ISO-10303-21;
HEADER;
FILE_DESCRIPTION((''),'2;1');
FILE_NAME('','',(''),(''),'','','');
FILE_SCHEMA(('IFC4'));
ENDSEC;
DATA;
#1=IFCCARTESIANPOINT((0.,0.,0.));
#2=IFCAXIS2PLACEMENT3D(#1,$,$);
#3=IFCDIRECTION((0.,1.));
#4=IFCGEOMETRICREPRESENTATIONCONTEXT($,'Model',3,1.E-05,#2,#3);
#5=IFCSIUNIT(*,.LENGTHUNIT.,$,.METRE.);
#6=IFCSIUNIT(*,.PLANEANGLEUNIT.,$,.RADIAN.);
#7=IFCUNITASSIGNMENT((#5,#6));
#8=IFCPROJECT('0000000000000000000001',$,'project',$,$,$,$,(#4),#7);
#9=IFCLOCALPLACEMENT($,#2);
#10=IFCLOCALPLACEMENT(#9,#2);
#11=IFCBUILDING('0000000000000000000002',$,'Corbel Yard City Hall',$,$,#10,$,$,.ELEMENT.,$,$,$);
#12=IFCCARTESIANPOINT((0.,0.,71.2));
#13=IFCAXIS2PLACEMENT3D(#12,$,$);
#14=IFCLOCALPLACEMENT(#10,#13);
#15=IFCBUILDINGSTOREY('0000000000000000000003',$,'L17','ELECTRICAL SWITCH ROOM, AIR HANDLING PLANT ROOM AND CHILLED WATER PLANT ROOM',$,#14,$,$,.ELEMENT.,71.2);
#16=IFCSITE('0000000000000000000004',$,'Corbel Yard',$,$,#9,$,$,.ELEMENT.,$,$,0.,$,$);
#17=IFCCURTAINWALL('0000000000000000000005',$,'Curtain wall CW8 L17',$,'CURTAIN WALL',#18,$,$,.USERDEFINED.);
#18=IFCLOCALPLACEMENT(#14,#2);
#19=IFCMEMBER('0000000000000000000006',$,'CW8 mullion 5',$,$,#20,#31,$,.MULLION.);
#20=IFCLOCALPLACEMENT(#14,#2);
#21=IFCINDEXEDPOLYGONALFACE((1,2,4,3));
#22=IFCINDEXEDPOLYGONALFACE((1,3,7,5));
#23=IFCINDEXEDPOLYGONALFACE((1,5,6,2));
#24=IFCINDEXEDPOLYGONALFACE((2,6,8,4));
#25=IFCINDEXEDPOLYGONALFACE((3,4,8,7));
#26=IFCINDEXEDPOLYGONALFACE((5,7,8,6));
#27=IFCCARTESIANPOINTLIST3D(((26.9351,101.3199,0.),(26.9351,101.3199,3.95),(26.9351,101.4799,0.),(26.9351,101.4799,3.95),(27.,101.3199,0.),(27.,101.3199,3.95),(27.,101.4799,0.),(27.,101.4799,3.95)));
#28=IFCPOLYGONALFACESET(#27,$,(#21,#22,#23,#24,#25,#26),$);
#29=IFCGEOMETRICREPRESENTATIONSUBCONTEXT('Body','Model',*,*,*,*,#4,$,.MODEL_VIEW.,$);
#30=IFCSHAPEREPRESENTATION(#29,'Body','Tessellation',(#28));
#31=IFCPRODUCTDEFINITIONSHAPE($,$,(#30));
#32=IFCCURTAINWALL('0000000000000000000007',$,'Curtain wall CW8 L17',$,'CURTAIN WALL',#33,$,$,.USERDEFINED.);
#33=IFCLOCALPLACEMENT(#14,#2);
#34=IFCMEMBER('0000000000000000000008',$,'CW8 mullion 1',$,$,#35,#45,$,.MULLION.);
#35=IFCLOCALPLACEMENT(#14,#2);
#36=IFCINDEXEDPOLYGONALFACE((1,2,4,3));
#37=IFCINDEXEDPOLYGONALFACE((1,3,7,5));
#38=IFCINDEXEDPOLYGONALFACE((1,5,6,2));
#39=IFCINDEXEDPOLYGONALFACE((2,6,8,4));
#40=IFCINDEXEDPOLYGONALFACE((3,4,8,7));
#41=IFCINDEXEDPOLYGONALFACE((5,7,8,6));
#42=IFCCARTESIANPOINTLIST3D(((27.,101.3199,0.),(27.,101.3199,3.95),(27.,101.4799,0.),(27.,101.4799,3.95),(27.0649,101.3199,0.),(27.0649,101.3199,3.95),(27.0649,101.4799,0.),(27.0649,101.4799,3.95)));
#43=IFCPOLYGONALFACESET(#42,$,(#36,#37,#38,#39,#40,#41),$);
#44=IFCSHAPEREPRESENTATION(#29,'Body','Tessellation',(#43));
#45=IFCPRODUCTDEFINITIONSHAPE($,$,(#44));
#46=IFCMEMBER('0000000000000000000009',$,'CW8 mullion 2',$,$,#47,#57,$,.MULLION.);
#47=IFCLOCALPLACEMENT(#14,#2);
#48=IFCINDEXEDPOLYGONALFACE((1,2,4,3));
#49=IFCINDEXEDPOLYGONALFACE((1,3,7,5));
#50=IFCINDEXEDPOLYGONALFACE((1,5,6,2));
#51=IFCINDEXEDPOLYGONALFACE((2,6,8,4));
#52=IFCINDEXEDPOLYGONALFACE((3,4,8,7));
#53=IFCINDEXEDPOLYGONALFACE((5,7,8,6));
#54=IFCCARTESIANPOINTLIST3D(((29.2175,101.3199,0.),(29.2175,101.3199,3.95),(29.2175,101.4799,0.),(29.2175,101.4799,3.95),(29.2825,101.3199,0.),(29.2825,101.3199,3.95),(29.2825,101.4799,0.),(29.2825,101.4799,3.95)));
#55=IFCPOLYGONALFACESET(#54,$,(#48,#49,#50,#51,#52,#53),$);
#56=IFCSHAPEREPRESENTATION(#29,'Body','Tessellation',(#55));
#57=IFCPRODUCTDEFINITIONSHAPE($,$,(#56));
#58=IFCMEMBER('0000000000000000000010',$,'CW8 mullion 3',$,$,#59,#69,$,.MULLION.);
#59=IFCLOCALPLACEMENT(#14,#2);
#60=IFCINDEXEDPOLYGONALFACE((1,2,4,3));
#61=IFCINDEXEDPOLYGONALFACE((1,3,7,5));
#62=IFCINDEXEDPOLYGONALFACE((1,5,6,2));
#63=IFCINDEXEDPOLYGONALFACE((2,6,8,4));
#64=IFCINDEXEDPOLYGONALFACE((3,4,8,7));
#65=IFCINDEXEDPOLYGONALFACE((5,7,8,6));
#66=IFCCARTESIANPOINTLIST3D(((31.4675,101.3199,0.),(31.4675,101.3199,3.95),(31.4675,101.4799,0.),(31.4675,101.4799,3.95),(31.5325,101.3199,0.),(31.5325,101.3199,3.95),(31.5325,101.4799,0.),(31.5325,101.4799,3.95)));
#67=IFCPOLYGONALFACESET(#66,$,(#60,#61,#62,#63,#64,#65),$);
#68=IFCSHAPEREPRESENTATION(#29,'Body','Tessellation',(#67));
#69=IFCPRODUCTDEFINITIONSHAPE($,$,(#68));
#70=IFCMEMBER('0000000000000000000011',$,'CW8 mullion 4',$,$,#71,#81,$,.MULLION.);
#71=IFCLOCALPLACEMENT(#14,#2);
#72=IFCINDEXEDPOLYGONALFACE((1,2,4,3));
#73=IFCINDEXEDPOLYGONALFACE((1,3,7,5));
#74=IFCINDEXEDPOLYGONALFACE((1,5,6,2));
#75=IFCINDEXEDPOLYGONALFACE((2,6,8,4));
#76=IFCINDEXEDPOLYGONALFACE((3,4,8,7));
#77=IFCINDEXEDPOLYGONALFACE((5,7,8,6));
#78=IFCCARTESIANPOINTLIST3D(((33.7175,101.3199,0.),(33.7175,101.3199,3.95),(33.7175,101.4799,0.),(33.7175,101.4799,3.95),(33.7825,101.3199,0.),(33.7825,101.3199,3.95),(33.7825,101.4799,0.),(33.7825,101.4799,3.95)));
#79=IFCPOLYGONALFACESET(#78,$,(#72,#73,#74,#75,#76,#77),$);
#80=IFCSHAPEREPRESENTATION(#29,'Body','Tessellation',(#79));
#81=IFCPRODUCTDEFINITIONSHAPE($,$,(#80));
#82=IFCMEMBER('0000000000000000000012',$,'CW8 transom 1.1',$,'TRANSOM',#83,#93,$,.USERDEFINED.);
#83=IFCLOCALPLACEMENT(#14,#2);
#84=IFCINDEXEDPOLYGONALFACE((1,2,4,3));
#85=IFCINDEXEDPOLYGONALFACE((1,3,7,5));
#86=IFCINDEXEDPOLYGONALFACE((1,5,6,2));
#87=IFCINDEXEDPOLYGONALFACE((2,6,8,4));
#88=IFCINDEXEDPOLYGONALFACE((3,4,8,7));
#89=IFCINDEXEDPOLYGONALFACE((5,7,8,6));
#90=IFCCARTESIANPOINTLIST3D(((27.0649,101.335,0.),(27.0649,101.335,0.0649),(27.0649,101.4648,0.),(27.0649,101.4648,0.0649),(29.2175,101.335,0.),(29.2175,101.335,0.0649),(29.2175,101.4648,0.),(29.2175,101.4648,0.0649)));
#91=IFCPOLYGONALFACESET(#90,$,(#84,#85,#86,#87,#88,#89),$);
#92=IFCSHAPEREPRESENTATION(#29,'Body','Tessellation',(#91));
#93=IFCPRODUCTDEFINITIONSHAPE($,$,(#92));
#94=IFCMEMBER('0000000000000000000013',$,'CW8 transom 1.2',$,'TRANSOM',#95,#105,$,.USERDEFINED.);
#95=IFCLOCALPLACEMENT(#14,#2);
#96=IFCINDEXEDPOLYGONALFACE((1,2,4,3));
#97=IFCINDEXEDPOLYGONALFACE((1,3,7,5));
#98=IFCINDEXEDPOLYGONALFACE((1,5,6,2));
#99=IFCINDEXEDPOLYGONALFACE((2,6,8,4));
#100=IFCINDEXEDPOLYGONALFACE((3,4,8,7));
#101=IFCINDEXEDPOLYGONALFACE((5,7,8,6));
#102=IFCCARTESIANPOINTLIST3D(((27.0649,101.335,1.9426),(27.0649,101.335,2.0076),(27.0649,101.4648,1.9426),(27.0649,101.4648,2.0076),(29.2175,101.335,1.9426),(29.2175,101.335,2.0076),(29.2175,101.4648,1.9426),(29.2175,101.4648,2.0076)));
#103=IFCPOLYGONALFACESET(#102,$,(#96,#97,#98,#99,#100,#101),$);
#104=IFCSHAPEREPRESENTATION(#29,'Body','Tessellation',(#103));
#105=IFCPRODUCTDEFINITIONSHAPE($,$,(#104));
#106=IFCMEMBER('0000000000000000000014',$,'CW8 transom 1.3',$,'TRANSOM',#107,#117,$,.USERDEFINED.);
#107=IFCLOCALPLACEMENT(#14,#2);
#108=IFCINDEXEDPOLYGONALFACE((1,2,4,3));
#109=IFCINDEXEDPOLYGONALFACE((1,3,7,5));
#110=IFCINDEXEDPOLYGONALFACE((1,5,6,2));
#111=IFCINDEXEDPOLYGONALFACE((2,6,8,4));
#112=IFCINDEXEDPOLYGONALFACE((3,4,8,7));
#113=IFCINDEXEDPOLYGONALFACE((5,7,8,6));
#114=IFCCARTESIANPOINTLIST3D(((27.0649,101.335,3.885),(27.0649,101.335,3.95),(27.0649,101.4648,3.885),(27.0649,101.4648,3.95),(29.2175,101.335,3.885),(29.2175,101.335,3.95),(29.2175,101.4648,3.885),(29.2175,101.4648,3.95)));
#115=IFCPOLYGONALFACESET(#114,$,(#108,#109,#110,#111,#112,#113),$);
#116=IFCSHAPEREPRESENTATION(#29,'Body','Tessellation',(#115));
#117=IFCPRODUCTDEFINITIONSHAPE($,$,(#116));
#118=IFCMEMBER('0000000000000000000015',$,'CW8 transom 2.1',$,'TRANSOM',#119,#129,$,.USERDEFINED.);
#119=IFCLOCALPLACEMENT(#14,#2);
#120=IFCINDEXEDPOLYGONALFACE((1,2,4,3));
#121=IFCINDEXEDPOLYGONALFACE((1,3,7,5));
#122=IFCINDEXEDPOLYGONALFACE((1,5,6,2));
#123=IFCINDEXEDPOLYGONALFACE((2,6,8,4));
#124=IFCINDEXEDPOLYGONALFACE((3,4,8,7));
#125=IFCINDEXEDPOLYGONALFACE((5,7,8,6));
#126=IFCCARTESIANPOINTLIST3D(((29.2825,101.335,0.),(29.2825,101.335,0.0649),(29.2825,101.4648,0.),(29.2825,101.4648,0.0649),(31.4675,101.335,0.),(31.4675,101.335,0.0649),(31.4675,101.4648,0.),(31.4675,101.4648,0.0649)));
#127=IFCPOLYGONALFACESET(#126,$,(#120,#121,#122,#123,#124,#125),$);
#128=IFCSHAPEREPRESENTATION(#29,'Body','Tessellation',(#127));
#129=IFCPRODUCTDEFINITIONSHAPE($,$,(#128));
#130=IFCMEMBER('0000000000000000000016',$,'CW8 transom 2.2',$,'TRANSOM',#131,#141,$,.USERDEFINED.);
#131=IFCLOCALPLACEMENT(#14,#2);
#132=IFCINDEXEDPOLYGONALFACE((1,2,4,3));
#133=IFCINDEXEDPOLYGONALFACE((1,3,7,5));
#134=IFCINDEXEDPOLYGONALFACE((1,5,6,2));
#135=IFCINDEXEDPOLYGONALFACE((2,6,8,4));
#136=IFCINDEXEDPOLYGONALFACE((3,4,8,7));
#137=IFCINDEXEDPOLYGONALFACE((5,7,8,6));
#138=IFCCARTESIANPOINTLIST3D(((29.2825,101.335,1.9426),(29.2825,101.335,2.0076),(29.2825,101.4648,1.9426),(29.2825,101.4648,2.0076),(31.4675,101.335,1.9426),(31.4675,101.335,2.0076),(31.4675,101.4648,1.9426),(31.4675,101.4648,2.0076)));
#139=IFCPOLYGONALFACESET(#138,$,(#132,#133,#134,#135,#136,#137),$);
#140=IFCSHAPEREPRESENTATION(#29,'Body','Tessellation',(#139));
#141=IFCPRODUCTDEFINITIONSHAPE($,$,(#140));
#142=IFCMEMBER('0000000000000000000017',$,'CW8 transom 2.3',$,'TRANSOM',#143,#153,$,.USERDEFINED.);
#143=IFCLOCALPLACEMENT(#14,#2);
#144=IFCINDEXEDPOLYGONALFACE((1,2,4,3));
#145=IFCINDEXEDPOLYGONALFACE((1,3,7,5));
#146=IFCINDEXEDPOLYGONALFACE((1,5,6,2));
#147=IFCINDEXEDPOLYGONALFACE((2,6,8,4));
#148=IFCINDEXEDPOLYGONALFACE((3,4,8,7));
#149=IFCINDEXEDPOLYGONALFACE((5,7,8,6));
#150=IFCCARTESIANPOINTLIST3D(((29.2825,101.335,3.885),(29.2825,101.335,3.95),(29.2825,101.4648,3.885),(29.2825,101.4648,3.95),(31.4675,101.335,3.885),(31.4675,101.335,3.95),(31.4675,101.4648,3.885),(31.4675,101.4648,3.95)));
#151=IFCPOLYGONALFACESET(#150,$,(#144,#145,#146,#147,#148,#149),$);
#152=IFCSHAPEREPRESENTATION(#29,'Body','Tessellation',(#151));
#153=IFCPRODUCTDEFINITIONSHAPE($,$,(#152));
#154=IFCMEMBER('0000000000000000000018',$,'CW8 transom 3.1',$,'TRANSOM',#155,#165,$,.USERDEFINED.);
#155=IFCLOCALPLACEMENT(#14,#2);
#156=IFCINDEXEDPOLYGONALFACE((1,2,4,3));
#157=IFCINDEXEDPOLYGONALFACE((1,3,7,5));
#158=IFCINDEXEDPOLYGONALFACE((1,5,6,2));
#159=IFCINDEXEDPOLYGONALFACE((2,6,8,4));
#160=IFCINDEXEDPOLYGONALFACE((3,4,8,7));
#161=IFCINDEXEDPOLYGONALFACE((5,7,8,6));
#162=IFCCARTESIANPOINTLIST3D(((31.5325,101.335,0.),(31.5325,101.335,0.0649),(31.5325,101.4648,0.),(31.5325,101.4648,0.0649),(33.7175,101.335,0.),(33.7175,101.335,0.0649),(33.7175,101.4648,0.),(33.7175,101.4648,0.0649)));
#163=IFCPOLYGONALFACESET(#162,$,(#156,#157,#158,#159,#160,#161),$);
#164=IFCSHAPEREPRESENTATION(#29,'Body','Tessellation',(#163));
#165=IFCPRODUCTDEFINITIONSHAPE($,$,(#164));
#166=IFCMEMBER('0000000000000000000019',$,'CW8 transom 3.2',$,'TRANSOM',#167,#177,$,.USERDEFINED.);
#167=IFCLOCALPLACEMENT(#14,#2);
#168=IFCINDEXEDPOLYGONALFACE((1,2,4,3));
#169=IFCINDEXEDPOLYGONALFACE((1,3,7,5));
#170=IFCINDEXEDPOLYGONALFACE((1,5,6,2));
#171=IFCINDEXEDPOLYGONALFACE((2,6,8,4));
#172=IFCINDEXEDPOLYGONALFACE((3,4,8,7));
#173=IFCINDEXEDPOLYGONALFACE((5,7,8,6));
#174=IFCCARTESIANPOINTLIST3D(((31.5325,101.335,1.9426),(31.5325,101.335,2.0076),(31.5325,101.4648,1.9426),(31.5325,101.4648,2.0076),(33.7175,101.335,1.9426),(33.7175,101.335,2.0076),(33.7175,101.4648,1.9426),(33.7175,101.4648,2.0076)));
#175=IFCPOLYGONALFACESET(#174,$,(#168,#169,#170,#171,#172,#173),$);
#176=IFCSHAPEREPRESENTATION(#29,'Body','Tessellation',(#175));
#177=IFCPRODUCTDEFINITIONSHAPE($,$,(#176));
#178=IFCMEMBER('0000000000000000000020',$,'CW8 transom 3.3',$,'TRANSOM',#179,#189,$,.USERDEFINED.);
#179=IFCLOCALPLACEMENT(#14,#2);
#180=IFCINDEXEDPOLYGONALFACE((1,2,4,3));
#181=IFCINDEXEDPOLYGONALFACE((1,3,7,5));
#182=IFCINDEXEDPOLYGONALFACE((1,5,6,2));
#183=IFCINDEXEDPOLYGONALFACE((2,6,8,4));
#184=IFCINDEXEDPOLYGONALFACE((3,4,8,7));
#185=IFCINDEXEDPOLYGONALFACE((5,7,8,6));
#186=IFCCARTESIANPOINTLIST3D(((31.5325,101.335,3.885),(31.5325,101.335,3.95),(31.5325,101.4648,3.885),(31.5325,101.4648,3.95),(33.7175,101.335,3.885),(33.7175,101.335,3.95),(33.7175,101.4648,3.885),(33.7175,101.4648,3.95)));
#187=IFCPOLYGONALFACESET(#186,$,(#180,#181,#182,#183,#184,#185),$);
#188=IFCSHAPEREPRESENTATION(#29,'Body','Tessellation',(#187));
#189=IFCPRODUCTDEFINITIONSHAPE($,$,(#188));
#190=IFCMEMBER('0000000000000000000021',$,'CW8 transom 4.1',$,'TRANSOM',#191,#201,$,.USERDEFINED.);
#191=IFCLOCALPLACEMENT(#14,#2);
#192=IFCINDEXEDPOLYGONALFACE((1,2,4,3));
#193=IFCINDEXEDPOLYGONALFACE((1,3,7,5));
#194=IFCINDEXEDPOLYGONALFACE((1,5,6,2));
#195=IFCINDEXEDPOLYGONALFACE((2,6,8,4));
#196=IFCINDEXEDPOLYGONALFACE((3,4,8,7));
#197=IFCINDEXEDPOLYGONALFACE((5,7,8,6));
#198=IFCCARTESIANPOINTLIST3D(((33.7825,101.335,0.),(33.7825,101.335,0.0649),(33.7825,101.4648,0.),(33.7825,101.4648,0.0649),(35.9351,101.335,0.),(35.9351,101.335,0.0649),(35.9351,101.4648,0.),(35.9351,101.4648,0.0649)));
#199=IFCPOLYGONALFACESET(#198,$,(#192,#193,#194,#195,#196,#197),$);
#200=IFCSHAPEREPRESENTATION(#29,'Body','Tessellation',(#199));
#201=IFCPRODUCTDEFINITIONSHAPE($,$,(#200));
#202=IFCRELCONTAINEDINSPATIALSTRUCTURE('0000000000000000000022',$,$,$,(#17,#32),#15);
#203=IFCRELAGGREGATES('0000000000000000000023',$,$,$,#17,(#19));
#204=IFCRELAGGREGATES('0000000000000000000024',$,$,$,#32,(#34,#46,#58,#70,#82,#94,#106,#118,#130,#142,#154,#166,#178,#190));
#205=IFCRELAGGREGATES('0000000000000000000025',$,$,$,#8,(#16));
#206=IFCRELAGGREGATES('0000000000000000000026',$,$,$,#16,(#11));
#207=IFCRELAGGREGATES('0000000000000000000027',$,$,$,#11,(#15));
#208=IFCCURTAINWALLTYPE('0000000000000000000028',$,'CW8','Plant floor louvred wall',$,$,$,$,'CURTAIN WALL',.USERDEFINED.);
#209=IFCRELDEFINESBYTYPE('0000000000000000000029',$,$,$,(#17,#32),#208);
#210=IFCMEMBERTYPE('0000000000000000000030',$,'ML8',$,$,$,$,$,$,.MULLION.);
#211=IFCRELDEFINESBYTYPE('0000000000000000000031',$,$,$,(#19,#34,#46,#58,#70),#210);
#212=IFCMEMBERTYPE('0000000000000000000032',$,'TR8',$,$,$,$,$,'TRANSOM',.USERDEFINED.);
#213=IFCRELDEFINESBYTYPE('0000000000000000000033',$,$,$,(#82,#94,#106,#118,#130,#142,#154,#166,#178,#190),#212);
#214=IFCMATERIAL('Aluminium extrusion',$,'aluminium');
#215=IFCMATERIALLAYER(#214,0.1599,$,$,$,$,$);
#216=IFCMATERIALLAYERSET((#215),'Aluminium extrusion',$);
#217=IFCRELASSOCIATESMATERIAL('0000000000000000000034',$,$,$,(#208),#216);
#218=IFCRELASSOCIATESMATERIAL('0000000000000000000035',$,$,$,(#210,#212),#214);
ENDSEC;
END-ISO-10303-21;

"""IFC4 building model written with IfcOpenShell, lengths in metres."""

from ifc_helpers import new_model, si_unit, direction, frame, origin, origin_2d, place, context, subcontext, project, spatial, rectangle, extrude, material, layer, layer_set, material_profile, profile_set, type_object, element, aggregate, save


model = new_model("IFC4")

# Units and contexts
model_context = context("Model", 3, precision=1e-05, world=origin(), true_north=direction((0.0, 1.0)))
body_context = subcontext(model_context, "Body", "Model", "MODEL_VIEW")
ifc_project = project(units=[si_unit("LENGTHUNIT", "METRE"), si_unit("PLANEANGLEUNIT", "RADIAN")], contexts=[model_context])

# Site, building, storey
site_placement = place(None, origin())
site = spatial("IfcSite", under=ifc_project, at=site_placement, Name="Corbel Yard", CompositionType="ELEMENT", RefElevation=0.0)
building_placement = place(site_placement, origin())
building = spatial("IfcBuilding", under=site, at=building_placement, Name="Corbel Yard City Hall", CompositionType="ELEMENT")
storey_placement = place(building_placement, frame((0.0, 0.0, 71.2)))
storey = spatial("IfcBuildingStorey", under=building, at=storey_placement, Name="L17", Description="ELECTRICAL SWITCH ROOM, AIR HANDLING PLANT ROOM AND CHILLED WATER PLANT ROOM", CompositionType="ELEMENT", Elevation=71.2)

# Curtain wall, member
ifc_material_1 = material(Name="Aluminium extrusion", Category="aluminium")
ifc_layer_1 = layer(ifc_material_1, 0.1599)
ifc_layer_set_1 = layer_set([ifc_layer_1], Name="Aluminium extrusion")
curtain_wall_type = type_object("IfcCurtainWallType", Name="CW8", Description="Plant floor louvred wall", ElementType="CURTAIN WALL", PredefinedType="USERDEFINED", material=ifc_layer_set_1)
curtain_wall_1_placement = place(storey_placement, origin())
curtain_wall_1 = element("IfcCurtainWall", 1, at=curtain_wall_1_placement, inside=storey, type_object=curtain_wall_type, Name="Curtain wall CW8 L17", ObjectType="CURTAIN WALL", PredefinedType="USERDEFINED")
ifc_material_profile_1 = material_profile(ifc_material_1, rectangle(XDim=0.1599, YDim=0.0649, at=origin_2d()), Name="160x65")
ifc_profile_set_1 = profile_set([ifc_material_profile_1], Name="Aluminium extrusion")
member_type_1 = type_object("IfcMemberType", Name="ML8", PredefinedType="MULLION", material=ifc_profile_set_1)
member_1_placement = place(storey_placement, frame((26.9675, 101.3999, 0.0), z_axis=(0.0, 0.0, 1.0), x_axis=(0.0, 1.0, 0.0)))
member_1 = element("IfcMember", 2, at=member_1_placement, type_object=member_type_1, Name="CW8 mullion 5", PredefinedType="MULLION", context=body_context, shape_type="SweptSolid", body=[
    extrude(rectangle(XDim=0.1599, YDim=0.0649, at=origin_2d()), origin(), (0.0, 0.0, 1.0), 3.95),
])

# Curtain wall, members
curtain_wall_2_placement = place(storey_placement, origin())
curtain_wall_2 = element("IfcCurtainWall", 3, at=curtain_wall_2_placement, inside=storey, type_object=curtain_wall_type, Name="Curtain wall CW8 L17", ObjectType="CURTAIN WALL", PredefinedType="USERDEFINED")
member_2_placement = place(storey_placement, frame((27.0325, 101.3999, 0.0), z_axis=(0.0, 0.0, 1.0), x_axis=(0.0, 1.0, 0.0)))
member_2 = element("IfcMember", 4, at=member_2_placement, type_object=member_type_1, Name="CW8 mullion 1", PredefinedType="MULLION", context=body_context, shape_type="SweptSolid", body=[
    extrude(rectangle(XDim=0.1599, YDim=0.0649, at=origin_2d()), origin(), (0.0, 0.0, 1.0), 3.95),
])
member_3_placement = place(storey_placement, frame((29.25, 101.3999, 0.0), z_axis=(0.0, 0.0, 1.0), x_axis=(0.0, 1.0, 0.0)))
member_3 = element("IfcMember", 5, at=member_3_placement, type_object=member_type_1, Name="CW8 mullion 2", PredefinedType="MULLION", context=body_context, shape_type="SweptSolid", body=[
    extrude(rectangle(XDim=0.1599, YDim=0.0649, at=origin_2d()), origin(), (0.0, 0.0, 1.0), 3.95),
])
member_4_placement = place(storey_placement, frame((31.5, 101.3999, 0.0), z_axis=(0.0, 0.0, 1.0), x_axis=(0.0, 1.0, 0.0)))
member_4 = element("IfcMember", 6, at=member_4_placement, type_object=member_type_1, Name="CW8 mullion 3", PredefinedType="MULLION", context=body_context, shape_type="SweptSolid", body=[
    extrude(rectangle(XDim=0.1599, YDim=0.0649, at=origin_2d()), origin(), (0.0, 0.0, 1.0), 3.95),
])
member_5_placement = place(storey_placement, frame((33.75, 101.3999, 0.0), z_axis=(0.0, 0.0, 1.0), x_axis=(0.0, 1.0, 0.0)))
member_5 = element("IfcMember", 7, at=member_5_placement, type_object=member_type_1, Name="CW8 mullion 4", PredefinedType="MULLION", context=body_context, shape_type="SweptSolid", body=[
    extrude(rectangle(XDim=0.1599, YDim=0.0649, at=origin_2d()), origin(), (0.0, 0.0, 1.0), 3.95),
])
ifc_material_profile_2 = material_profile(ifc_material_1, rectangle(XDim=0.1299, YDim=0.0649, at=origin_2d()), Name="130x65")
ifc_profile_set_2 = profile_set([ifc_material_profile_2], Name="Aluminium extrusion")
member_type_2 = type_object("IfcMemberType", Name="TR8", ElementType="TRANSOM", PredefinedType="USERDEFINED", material=ifc_profile_set_2)
member_6_placement = place(storey_placement, frame((27.0649, 101.3999, 0.0325), z_axis=(1.0, 0.0, 0.0), x_axis=(0.0, 1.0, 0.0)))
member_6 = element("IfcMember", 8, at=member_6_placement, type_object=member_type_2, Name="CW8 transom 1.1", ObjectType="TRANSOM", PredefinedType="USERDEFINED", context=body_context, shape_type="SweptSolid", body=[
    extrude(rectangle(XDim=0.1299, YDim=0.0649, at=origin_2d()), origin(), (0.0, 0.0, 1.0), 2.1526),
])
member_7_placement = place(storey_placement, frame((27.0649, 101.3999, 1.9751), z_axis=(1.0, 0.0, 0.0), x_axis=(0.0, 1.0, 0.0)))
member_7 = element("IfcMember", 9, at=member_7_placement, type_object=member_type_2, Name="CW8 transom 1.2", ObjectType="TRANSOM", PredefinedType="USERDEFINED", context=body_context, shape_type="SweptSolid", body=[
    extrude(rectangle(XDim=0.1299, YDim=0.0649, at=origin_2d()), origin(), (0.0, 0.0, 1.0), 2.1526),
])
member_8_placement = place(storey_placement, frame((27.0649, 101.3999, 3.9175), z_axis=(1.0, 0.0, 0.0), x_axis=(0.0, 1.0, 0.0)))
member_8 = element("IfcMember", 10, at=member_8_placement, type_object=member_type_2, Name="CW8 transom 1.3", ObjectType="TRANSOM", PredefinedType="USERDEFINED", context=body_context, shape_type="SweptSolid", body=[
    extrude(rectangle(XDim=0.1299, YDim=0.0649, at=origin_2d()), origin(), (0.0, 0.0, 1.0), 2.1526),
])
member_9_placement = place(storey_placement, frame((29.2825, 101.3999, 0.0325), z_axis=(1.0, 0.0, 0.0), x_axis=(0.0, 1.0, 0.0)))
member_9 = element("IfcMember", 11, at=member_9_placement, type_object=member_type_2, Name="CW8 transom 2.1", ObjectType="TRANSOM", PredefinedType="USERDEFINED", context=body_context, shape_type="SweptSolid", body=[
    extrude(rectangle(XDim=0.1299, YDim=0.0649, at=origin_2d()), origin(), (0.0, 0.0, 1.0), 2.1851),
])
member_10_placement = place(storey_placement, frame((29.2825, 101.3999, 1.9751), z_axis=(1.0, 0.0, 0.0), x_axis=(0.0, 1.0, 0.0)))
member_10 = element("IfcMember", 12, at=member_10_placement, type_object=member_type_2, Name="CW8 transom 2.2", ObjectType="TRANSOM", PredefinedType="USERDEFINED", context=body_context, shape_type="SweptSolid", body=[
    extrude(rectangle(XDim=0.1299, YDim=0.0649, at=origin_2d()), origin(), (0.0, 0.0, 1.0), 2.1851),
])
member_11_placement = place(storey_placement, frame((29.2825, 101.3999, 3.9175), z_axis=(1.0, 0.0, 0.0), x_axis=(0.0, 1.0, 0.0)))
member_11 = element("IfcMember", 13, at=member_11_placement, type_object=member_type_2, Name="CW8 transom 2.3", ObjectType="TRANSOM", PredefinedType="USERDEFINED", context=body_context, shape_type="SweptSolid", body=[
    extrude(rectangle(XDim=0.1299, YDim=0.0649, at=origin_2d()), origin(), (0.0, 0.0, 1.0), 2.1851),
])
member_12_placement = place(storey_placement, frame((31.5325, 101.3999, 0.0325), z_axis=(1.0, 0.0, 0.0), x_axis=(0.0, 1.0, 0.0)))
member_12 = element("IfcMember", 14, at=member_12_placement, type_object=member_type_2, Name="CW8 transom 3.1", ObjectType="TRANSOM", PredefinedType="USERDEFINED", context=body_context, shape_type="SweptSolid", body=[
    extrude(rectangle(XDim=0.1299, YDim=0.0649, at=origin_2d()), origin(), (0.0, 0.0, 1.0), 2.1851),
])
member_13_placement = place(storey_placement, frame((31.5325, 101.3999, 1.9751), z_axis=(1.0, 0.0, 0.0), x_axis=(0.0, 1.0, 0.0)))
member_13 = element("IfcMember", 15, at=member_13_placement, type_object=member_type_2, Name="CW8 transom 3.2", ObjectType="TRANSOM", PredefinedType="USERDEFINED", context=body_context, shape_type="SweptSolid", body=[
    extrude(rectangle(XDim=0.1299, YDim=0.0649, at=origin_2d()), origin(), (0.0, 0.0, 1.0), 2.1851),
])
member_14_placement = place(storey_placement, frame((31.5325, 101.3999, 3.9175), z_axis=(1.0, 0.0, 0.0), x_axis=(0.0, 1.0, 0.0)))
member_14 = element("IfcMember", 16, at=member_14_placement, type_object=member_type_2, Name="CW8 transom 3.3", ObjectType="TRANSOM", PredefinedType="USERDEFINED", context=body_context, shape_type="SweptSolid", body=[
    extrude(rectangle(XDim=0.1299, YDim=0.0649, at=origin_2d()), origin(), (0.0, 0.0, 1.0), 2.1851),
])
member_15_placement = place(storey_placement, frame((33.7825, 101.3999, 0.0325), z_axis=(1.0, 0.0, 0.0), x_axis=(0.0, 1.0, 0.0)))
member_15 = element("IfcMember", 17, at=member_15_placement, type_object=member_type_2, Name="CW8 transom 4.1", ObjectType="TRANSOM", PredefinedType="USERDEFINED", context=body_context, shape_type="SweptSolid", body=[
    extrude(rectangle(XDim=0.1299, YDim=0.0649, at=origin_2d()), origin(), (0.0, 0.0, 1.0), 2.1526),
])

aggregate(curtain_wall_1, [member_1])
aggregate(curtain_wall_2, [member_2, member_3, member_4, member_5, member_6, member_7, member_8, member_9, member_10, member_11, member_12, member_13, member_14, member_15])

save(model, "model.ifc")
